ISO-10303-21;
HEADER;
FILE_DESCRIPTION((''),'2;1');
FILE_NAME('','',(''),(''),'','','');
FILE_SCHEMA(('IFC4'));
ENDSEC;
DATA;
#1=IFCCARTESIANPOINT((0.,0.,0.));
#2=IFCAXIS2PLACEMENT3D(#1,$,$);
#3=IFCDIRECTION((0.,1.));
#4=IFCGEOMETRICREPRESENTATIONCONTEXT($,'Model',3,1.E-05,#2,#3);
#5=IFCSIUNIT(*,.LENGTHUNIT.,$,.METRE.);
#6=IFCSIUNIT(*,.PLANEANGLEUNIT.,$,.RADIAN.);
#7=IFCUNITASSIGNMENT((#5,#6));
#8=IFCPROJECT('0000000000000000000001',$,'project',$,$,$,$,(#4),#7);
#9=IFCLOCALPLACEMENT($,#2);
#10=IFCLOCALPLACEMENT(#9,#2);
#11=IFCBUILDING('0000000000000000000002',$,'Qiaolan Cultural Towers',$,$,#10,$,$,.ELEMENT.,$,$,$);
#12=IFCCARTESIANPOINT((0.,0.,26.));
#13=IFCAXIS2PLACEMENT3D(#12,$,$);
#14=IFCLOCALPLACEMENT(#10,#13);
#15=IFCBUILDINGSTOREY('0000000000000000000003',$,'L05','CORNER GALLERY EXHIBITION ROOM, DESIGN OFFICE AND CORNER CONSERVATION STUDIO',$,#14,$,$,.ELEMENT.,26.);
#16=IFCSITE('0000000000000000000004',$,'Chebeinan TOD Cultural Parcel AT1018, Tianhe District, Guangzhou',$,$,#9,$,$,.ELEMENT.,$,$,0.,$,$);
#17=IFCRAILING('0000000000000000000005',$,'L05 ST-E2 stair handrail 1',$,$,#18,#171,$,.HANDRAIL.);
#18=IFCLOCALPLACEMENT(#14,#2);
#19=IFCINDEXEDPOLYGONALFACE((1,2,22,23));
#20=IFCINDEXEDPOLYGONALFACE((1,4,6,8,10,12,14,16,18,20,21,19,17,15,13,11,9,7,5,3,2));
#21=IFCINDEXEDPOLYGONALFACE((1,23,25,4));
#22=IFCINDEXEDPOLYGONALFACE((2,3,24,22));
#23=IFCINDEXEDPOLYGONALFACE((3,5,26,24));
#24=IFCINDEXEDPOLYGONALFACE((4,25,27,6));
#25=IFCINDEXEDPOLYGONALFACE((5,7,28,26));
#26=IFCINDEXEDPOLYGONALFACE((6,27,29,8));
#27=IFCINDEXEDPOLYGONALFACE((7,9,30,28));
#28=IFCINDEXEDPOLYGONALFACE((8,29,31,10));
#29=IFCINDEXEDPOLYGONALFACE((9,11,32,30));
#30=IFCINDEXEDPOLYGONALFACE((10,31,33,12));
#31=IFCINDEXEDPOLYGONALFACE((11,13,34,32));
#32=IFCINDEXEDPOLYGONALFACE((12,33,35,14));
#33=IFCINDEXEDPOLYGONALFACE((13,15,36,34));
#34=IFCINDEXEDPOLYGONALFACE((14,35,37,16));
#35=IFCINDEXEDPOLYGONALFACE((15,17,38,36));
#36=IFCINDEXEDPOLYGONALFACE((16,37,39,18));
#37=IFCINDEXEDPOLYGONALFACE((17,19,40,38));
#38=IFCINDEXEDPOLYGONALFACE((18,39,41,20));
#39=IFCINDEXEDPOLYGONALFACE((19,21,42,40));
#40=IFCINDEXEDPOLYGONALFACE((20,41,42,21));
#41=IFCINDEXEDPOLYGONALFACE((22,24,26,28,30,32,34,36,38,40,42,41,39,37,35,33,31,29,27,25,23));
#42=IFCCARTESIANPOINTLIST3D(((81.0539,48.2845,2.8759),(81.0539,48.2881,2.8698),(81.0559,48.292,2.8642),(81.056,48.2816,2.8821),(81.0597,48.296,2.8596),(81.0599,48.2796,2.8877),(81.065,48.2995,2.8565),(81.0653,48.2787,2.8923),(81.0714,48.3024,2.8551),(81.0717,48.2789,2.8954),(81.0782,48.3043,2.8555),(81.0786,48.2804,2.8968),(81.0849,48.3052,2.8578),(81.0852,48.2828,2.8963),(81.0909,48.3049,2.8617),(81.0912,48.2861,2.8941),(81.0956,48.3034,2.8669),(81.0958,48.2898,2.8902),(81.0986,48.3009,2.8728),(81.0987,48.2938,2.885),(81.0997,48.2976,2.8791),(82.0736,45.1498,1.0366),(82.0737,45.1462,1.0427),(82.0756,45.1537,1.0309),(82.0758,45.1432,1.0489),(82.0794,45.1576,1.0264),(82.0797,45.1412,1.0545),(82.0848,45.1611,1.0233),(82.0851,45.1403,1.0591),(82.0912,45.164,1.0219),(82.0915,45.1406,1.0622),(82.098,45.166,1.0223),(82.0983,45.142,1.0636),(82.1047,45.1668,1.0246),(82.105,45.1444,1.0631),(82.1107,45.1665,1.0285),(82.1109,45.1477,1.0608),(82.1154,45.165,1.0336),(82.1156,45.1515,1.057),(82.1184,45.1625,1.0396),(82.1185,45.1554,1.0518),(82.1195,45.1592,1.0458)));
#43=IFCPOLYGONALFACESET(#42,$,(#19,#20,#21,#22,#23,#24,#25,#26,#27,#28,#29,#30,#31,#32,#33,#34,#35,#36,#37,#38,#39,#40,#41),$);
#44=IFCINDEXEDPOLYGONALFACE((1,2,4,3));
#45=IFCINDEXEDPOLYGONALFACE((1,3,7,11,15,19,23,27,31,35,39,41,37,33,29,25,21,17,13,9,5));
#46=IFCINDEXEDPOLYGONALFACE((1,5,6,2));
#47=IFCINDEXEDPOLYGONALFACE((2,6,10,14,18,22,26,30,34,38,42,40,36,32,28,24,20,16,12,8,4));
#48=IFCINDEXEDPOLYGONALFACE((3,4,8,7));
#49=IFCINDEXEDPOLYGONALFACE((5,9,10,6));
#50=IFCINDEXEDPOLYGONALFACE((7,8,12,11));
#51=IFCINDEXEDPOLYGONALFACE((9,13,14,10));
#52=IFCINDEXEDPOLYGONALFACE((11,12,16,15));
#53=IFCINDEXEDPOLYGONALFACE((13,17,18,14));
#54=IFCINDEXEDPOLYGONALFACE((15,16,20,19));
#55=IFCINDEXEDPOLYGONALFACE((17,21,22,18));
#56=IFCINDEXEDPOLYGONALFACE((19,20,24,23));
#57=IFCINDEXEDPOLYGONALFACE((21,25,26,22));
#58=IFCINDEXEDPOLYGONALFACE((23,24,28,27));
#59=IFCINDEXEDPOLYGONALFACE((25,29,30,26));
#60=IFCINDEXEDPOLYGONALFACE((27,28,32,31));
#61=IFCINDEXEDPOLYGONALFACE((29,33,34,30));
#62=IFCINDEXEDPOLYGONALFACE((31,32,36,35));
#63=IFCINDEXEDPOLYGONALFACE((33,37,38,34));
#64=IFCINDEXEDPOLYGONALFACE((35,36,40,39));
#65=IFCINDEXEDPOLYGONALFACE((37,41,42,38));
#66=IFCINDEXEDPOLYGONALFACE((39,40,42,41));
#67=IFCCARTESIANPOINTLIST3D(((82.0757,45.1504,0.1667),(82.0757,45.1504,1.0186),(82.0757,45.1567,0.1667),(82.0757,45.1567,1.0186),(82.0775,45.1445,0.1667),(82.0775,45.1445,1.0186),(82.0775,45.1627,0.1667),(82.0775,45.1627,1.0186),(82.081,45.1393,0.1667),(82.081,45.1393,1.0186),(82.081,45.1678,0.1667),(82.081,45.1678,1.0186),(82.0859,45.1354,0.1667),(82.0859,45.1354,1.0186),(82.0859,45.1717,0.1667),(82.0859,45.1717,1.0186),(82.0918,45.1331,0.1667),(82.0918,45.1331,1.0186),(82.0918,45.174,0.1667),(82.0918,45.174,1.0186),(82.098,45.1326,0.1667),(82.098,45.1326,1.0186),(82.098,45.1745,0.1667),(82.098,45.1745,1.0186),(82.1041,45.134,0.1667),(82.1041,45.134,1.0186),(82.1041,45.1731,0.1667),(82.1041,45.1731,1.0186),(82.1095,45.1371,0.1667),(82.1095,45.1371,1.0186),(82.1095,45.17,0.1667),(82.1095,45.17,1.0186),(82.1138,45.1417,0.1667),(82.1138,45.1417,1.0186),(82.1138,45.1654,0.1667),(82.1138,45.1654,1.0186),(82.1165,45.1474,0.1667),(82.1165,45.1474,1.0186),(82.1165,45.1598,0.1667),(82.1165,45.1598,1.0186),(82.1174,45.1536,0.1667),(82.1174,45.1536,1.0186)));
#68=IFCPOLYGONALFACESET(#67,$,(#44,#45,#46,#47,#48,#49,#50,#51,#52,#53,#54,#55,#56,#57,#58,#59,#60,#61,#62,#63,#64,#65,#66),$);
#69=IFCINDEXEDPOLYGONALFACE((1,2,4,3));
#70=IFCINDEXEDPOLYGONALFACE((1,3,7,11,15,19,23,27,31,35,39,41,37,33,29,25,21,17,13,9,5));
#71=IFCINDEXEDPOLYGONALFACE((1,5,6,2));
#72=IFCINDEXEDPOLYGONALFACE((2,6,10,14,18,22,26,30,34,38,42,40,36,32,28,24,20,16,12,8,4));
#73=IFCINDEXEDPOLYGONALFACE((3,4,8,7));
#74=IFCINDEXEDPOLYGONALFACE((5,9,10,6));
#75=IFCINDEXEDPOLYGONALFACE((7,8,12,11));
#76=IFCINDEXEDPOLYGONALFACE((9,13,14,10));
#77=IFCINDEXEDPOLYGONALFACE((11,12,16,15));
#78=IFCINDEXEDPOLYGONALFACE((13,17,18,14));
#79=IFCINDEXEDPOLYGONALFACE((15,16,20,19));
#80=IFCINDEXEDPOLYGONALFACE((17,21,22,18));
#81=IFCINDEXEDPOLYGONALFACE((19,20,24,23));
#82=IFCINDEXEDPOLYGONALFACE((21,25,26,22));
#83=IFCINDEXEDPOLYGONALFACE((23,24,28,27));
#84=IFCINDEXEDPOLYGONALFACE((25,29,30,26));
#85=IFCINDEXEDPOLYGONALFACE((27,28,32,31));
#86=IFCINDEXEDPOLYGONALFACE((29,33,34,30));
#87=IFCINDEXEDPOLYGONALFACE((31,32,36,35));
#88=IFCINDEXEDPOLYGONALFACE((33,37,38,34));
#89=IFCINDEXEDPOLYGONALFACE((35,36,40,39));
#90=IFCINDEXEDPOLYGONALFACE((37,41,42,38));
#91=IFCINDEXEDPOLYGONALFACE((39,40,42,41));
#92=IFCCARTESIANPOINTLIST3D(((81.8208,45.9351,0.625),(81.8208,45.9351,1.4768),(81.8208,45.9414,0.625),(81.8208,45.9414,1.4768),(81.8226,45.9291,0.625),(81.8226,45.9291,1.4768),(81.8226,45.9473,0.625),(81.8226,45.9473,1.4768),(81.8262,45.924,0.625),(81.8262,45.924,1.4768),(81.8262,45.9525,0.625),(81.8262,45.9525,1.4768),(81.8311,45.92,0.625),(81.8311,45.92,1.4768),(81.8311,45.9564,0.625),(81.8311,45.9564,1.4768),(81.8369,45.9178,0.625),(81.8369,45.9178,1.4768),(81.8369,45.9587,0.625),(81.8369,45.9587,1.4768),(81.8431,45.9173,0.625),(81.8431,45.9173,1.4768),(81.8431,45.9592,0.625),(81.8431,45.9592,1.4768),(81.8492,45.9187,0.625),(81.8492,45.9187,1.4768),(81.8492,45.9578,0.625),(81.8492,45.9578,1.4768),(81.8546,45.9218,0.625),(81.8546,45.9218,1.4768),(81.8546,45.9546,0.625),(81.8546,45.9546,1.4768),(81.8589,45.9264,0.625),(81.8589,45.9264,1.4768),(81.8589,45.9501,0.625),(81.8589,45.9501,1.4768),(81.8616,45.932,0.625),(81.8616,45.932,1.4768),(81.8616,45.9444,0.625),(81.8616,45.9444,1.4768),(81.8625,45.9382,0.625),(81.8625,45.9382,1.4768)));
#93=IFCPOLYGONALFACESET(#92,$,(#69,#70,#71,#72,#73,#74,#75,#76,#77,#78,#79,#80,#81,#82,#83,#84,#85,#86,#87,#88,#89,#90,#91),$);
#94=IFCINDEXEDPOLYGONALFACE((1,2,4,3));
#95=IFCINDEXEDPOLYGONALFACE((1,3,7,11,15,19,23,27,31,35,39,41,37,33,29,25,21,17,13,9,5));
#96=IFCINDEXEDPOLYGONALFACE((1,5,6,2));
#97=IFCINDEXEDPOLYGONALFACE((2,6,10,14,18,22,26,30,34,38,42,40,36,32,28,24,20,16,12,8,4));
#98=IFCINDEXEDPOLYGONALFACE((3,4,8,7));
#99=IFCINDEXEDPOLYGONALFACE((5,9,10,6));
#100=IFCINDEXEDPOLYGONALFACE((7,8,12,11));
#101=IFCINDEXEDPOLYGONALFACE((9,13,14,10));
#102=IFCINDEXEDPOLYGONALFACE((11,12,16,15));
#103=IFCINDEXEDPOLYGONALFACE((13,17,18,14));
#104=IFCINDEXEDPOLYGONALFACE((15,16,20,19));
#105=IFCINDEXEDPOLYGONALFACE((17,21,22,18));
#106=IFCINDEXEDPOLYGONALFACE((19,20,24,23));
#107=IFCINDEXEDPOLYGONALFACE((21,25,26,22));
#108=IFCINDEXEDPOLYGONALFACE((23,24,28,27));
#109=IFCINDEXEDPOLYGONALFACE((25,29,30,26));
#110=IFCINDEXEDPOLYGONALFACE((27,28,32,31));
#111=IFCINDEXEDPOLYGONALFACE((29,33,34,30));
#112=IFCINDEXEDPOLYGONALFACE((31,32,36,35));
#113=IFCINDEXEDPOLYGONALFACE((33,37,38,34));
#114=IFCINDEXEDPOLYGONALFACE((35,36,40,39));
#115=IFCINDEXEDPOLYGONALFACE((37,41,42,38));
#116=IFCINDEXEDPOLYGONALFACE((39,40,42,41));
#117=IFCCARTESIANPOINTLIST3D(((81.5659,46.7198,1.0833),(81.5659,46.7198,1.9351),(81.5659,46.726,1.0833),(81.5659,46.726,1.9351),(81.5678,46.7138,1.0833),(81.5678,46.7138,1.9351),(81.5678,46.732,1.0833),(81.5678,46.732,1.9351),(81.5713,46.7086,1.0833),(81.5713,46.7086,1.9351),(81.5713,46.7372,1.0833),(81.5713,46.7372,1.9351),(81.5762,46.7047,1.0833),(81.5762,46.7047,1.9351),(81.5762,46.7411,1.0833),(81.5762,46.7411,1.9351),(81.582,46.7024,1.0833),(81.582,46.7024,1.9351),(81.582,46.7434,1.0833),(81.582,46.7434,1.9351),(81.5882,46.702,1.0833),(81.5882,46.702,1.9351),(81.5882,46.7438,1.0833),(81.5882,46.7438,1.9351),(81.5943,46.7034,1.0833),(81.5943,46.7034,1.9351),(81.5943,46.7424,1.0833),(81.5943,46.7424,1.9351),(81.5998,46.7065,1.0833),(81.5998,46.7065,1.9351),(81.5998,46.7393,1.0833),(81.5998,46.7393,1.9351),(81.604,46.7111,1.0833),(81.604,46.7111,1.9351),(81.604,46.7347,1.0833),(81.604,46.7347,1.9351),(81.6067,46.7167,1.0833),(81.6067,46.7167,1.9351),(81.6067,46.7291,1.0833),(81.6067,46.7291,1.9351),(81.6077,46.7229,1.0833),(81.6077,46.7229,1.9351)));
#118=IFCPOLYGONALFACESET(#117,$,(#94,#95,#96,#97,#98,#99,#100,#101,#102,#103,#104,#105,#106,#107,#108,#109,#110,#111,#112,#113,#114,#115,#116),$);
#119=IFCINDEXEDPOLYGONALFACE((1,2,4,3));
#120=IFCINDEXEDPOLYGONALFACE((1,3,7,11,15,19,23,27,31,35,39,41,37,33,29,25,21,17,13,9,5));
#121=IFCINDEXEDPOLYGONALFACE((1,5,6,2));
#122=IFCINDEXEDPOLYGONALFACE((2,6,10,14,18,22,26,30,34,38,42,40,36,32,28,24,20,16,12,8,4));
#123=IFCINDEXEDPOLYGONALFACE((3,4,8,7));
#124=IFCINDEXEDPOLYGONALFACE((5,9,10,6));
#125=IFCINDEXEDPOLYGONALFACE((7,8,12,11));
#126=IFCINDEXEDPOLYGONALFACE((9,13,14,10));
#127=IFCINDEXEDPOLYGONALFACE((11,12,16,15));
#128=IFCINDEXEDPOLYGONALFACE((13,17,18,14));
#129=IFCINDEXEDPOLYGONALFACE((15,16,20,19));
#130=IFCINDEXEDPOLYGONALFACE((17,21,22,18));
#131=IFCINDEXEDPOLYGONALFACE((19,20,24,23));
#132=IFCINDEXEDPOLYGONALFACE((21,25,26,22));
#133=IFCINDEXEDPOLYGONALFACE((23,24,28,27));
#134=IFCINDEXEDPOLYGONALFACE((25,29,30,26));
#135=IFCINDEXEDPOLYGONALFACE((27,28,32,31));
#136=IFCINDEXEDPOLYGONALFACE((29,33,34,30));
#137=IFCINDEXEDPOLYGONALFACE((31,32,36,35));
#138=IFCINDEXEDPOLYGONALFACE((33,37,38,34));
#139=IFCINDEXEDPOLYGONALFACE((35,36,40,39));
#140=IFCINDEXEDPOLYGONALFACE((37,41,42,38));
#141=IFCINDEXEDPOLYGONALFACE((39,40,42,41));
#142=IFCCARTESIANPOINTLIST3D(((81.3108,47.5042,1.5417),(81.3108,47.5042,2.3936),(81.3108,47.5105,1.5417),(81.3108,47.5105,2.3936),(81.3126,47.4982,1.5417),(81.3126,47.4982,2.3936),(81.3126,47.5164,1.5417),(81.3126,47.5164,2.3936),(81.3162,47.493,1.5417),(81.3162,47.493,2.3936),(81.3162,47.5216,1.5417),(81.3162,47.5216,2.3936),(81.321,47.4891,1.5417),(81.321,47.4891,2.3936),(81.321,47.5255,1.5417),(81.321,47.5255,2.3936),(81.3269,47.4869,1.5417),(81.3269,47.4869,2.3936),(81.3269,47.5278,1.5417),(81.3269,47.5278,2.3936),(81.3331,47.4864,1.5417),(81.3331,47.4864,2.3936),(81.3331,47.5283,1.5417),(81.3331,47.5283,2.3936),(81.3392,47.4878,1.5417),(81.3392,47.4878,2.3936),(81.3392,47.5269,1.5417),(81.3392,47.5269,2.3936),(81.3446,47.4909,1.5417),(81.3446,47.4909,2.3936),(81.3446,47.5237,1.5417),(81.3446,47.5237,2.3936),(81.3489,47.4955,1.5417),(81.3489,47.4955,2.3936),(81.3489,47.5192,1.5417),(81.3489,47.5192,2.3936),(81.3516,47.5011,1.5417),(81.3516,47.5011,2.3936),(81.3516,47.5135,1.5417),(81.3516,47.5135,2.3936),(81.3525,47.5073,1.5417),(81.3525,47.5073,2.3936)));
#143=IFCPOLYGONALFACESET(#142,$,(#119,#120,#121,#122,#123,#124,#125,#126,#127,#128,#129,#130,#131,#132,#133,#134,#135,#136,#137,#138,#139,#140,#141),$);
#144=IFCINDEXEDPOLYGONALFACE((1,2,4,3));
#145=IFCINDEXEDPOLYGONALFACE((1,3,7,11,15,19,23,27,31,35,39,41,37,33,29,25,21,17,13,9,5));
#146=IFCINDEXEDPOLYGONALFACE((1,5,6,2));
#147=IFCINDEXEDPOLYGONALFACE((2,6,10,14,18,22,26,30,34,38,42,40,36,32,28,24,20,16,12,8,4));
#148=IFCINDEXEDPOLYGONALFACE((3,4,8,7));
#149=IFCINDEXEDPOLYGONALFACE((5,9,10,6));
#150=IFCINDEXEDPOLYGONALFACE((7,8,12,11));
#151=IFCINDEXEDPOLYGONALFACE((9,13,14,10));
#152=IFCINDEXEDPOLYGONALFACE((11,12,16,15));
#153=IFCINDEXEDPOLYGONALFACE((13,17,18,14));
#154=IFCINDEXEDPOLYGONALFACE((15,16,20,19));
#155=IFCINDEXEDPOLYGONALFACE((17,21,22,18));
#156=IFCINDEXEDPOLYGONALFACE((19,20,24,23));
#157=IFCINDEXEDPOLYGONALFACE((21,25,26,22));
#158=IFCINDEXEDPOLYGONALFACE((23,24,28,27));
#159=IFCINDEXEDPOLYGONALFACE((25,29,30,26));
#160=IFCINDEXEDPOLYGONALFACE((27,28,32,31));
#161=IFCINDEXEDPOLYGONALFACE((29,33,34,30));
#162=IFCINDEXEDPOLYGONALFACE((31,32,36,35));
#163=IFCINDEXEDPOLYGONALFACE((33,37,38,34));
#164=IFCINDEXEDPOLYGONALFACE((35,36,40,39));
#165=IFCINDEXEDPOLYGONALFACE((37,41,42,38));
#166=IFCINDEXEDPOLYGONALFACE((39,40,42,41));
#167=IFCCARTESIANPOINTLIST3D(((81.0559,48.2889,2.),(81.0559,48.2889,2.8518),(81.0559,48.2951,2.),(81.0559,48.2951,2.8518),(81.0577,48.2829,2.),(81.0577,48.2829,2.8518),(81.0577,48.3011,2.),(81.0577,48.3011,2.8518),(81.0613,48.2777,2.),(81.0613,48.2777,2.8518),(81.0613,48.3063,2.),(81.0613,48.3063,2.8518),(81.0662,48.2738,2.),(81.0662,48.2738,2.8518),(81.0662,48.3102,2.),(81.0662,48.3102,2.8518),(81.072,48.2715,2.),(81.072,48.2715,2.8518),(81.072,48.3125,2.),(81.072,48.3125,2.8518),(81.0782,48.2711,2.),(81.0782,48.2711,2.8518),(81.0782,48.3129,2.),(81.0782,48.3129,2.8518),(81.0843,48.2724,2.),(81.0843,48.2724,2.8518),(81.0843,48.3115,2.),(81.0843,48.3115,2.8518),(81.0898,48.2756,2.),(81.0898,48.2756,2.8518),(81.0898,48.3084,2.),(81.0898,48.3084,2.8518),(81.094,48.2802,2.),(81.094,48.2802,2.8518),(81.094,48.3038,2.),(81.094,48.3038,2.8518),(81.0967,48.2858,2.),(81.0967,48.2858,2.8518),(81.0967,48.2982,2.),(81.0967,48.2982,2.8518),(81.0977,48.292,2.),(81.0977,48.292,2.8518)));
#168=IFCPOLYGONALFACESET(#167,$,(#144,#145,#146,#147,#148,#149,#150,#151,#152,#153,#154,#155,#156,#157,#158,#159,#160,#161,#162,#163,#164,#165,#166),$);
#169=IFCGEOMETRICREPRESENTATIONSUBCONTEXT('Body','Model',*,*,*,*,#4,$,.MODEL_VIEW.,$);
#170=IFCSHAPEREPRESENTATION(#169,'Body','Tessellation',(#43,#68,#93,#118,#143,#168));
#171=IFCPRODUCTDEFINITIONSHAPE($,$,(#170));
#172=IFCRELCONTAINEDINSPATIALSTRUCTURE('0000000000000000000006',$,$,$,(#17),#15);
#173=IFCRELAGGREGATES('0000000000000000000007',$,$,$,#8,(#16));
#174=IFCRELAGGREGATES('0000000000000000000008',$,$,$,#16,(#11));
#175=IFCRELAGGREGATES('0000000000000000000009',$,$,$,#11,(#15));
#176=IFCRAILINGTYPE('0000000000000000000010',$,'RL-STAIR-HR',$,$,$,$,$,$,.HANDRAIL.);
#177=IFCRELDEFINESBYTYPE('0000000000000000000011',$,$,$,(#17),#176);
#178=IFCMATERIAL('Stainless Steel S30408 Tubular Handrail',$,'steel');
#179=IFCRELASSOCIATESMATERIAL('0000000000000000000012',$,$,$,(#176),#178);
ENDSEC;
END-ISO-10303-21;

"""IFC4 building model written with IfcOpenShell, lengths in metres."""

from ifc_helpers import new_model, si_unit, direction, frame, origin, origin_2d, place, context, subcontext, project, spatial, circle, extrude, material, type_object, element, save


model = new_model("IFC4")

# Units and contexts
model_context = context("Model", 3, precision=1e-05, world=origin(), true_north=direction((0.0, 1.0)))
body_context = subcontext(model_context, "Body", "Model", "MODEL_VIEW")
ifc_project = project(units=[si_unit("LENGTHUNIT", "METRE"), si_unit("PLANEANGLEUNIT", "RADIAN")], contexts=[model_context])

# Site, building, storey
site_placement = place(None, origin())
site = spatial("IfcSite", under=ifc_project, at=site_placement, Name="Chebeinan TOD Cultural Parcel AT1018, Tianhe District, Guangzhou", CompositionType="ELEMENT", RefElevation=0.0)
building_placement = place(site_placement, origin())
building = spatial("IfcBuilding", under=site, at=building_placement, Name="Qiaolan Cultural Towers", CompositionType="ELEMENT")
storey_placement = place(building_placement, frame((0.0, 0.0, 26.0)))
storey = spatial("IfcBuildingStorey", under=building, at=storey_placement, Name="L05", Description="CORNER GALLERY EXHIBITION ROOM, DESIGN OFFICE AND CORNER CONSERVATION STUDIO", CompositionType="ELEMENT", Elevation=26.0)

# Railing
ifc_material_1 = material(Name="Stainless Steel S30408 Tubular Handrail", Category="steel")
railing_type_1 = type_object("IfcRailingType", Name="RL-STAIR-HR", PredefinedType="HANDRAIL", material=ifc_material_1)
railing_1_placement = place(storey_placement, frame((82.0964, 45.1536, 0.1667)))
element("IfcRailing", 1, at=railing_1_placement, inside=storey, type_object=railing_type_1, Name="L05 ST-E2 stair handrail 1", PredefinedType="HANDRAIL", context=body_context, shape_type="SweptSolid", body=[
    extrude(circle(Radius=0.0239, at=origin_2d()), frame((0.0, 0.0, 0.876), z_axis=(-0.270141, 0.831376, 0.485632), x_axis=(-0.951053, -0.309028, 0.0)), (0.0, 0.0, 1.0), 3.7749),
    extrude(circle(Radius=0.021, at=origin_2d()), origin(), (0.0, 0.0, 1.0), 0.8518),
    extrude(circle(Radius=0.021, at=origin_2d()), frame((-0.2549, 0.7847, 0.4583)), (0.0, 0.0, 1.0), 0.8518),
    extrude(circle(Radius=0.021, at=origin_2d()), frame((-0.5098, 1.5693, 0.9165)), (0.0, 0.0, 1.0), 0.8518),
    extrude(circle(Radius=0.021, at=origin_2d()), frame((-0.7649, 2.3538, 1.375)), (0.0, 0.0, 1.0), 0.8518),
    extrude(circle(Radius=0.021, at=origin_2d()), frame((-1.0198, 3.1384, 1.8333)), (0.0, 0.0, 1.0), 0.8518),
])

save(model, "model.ifc")
